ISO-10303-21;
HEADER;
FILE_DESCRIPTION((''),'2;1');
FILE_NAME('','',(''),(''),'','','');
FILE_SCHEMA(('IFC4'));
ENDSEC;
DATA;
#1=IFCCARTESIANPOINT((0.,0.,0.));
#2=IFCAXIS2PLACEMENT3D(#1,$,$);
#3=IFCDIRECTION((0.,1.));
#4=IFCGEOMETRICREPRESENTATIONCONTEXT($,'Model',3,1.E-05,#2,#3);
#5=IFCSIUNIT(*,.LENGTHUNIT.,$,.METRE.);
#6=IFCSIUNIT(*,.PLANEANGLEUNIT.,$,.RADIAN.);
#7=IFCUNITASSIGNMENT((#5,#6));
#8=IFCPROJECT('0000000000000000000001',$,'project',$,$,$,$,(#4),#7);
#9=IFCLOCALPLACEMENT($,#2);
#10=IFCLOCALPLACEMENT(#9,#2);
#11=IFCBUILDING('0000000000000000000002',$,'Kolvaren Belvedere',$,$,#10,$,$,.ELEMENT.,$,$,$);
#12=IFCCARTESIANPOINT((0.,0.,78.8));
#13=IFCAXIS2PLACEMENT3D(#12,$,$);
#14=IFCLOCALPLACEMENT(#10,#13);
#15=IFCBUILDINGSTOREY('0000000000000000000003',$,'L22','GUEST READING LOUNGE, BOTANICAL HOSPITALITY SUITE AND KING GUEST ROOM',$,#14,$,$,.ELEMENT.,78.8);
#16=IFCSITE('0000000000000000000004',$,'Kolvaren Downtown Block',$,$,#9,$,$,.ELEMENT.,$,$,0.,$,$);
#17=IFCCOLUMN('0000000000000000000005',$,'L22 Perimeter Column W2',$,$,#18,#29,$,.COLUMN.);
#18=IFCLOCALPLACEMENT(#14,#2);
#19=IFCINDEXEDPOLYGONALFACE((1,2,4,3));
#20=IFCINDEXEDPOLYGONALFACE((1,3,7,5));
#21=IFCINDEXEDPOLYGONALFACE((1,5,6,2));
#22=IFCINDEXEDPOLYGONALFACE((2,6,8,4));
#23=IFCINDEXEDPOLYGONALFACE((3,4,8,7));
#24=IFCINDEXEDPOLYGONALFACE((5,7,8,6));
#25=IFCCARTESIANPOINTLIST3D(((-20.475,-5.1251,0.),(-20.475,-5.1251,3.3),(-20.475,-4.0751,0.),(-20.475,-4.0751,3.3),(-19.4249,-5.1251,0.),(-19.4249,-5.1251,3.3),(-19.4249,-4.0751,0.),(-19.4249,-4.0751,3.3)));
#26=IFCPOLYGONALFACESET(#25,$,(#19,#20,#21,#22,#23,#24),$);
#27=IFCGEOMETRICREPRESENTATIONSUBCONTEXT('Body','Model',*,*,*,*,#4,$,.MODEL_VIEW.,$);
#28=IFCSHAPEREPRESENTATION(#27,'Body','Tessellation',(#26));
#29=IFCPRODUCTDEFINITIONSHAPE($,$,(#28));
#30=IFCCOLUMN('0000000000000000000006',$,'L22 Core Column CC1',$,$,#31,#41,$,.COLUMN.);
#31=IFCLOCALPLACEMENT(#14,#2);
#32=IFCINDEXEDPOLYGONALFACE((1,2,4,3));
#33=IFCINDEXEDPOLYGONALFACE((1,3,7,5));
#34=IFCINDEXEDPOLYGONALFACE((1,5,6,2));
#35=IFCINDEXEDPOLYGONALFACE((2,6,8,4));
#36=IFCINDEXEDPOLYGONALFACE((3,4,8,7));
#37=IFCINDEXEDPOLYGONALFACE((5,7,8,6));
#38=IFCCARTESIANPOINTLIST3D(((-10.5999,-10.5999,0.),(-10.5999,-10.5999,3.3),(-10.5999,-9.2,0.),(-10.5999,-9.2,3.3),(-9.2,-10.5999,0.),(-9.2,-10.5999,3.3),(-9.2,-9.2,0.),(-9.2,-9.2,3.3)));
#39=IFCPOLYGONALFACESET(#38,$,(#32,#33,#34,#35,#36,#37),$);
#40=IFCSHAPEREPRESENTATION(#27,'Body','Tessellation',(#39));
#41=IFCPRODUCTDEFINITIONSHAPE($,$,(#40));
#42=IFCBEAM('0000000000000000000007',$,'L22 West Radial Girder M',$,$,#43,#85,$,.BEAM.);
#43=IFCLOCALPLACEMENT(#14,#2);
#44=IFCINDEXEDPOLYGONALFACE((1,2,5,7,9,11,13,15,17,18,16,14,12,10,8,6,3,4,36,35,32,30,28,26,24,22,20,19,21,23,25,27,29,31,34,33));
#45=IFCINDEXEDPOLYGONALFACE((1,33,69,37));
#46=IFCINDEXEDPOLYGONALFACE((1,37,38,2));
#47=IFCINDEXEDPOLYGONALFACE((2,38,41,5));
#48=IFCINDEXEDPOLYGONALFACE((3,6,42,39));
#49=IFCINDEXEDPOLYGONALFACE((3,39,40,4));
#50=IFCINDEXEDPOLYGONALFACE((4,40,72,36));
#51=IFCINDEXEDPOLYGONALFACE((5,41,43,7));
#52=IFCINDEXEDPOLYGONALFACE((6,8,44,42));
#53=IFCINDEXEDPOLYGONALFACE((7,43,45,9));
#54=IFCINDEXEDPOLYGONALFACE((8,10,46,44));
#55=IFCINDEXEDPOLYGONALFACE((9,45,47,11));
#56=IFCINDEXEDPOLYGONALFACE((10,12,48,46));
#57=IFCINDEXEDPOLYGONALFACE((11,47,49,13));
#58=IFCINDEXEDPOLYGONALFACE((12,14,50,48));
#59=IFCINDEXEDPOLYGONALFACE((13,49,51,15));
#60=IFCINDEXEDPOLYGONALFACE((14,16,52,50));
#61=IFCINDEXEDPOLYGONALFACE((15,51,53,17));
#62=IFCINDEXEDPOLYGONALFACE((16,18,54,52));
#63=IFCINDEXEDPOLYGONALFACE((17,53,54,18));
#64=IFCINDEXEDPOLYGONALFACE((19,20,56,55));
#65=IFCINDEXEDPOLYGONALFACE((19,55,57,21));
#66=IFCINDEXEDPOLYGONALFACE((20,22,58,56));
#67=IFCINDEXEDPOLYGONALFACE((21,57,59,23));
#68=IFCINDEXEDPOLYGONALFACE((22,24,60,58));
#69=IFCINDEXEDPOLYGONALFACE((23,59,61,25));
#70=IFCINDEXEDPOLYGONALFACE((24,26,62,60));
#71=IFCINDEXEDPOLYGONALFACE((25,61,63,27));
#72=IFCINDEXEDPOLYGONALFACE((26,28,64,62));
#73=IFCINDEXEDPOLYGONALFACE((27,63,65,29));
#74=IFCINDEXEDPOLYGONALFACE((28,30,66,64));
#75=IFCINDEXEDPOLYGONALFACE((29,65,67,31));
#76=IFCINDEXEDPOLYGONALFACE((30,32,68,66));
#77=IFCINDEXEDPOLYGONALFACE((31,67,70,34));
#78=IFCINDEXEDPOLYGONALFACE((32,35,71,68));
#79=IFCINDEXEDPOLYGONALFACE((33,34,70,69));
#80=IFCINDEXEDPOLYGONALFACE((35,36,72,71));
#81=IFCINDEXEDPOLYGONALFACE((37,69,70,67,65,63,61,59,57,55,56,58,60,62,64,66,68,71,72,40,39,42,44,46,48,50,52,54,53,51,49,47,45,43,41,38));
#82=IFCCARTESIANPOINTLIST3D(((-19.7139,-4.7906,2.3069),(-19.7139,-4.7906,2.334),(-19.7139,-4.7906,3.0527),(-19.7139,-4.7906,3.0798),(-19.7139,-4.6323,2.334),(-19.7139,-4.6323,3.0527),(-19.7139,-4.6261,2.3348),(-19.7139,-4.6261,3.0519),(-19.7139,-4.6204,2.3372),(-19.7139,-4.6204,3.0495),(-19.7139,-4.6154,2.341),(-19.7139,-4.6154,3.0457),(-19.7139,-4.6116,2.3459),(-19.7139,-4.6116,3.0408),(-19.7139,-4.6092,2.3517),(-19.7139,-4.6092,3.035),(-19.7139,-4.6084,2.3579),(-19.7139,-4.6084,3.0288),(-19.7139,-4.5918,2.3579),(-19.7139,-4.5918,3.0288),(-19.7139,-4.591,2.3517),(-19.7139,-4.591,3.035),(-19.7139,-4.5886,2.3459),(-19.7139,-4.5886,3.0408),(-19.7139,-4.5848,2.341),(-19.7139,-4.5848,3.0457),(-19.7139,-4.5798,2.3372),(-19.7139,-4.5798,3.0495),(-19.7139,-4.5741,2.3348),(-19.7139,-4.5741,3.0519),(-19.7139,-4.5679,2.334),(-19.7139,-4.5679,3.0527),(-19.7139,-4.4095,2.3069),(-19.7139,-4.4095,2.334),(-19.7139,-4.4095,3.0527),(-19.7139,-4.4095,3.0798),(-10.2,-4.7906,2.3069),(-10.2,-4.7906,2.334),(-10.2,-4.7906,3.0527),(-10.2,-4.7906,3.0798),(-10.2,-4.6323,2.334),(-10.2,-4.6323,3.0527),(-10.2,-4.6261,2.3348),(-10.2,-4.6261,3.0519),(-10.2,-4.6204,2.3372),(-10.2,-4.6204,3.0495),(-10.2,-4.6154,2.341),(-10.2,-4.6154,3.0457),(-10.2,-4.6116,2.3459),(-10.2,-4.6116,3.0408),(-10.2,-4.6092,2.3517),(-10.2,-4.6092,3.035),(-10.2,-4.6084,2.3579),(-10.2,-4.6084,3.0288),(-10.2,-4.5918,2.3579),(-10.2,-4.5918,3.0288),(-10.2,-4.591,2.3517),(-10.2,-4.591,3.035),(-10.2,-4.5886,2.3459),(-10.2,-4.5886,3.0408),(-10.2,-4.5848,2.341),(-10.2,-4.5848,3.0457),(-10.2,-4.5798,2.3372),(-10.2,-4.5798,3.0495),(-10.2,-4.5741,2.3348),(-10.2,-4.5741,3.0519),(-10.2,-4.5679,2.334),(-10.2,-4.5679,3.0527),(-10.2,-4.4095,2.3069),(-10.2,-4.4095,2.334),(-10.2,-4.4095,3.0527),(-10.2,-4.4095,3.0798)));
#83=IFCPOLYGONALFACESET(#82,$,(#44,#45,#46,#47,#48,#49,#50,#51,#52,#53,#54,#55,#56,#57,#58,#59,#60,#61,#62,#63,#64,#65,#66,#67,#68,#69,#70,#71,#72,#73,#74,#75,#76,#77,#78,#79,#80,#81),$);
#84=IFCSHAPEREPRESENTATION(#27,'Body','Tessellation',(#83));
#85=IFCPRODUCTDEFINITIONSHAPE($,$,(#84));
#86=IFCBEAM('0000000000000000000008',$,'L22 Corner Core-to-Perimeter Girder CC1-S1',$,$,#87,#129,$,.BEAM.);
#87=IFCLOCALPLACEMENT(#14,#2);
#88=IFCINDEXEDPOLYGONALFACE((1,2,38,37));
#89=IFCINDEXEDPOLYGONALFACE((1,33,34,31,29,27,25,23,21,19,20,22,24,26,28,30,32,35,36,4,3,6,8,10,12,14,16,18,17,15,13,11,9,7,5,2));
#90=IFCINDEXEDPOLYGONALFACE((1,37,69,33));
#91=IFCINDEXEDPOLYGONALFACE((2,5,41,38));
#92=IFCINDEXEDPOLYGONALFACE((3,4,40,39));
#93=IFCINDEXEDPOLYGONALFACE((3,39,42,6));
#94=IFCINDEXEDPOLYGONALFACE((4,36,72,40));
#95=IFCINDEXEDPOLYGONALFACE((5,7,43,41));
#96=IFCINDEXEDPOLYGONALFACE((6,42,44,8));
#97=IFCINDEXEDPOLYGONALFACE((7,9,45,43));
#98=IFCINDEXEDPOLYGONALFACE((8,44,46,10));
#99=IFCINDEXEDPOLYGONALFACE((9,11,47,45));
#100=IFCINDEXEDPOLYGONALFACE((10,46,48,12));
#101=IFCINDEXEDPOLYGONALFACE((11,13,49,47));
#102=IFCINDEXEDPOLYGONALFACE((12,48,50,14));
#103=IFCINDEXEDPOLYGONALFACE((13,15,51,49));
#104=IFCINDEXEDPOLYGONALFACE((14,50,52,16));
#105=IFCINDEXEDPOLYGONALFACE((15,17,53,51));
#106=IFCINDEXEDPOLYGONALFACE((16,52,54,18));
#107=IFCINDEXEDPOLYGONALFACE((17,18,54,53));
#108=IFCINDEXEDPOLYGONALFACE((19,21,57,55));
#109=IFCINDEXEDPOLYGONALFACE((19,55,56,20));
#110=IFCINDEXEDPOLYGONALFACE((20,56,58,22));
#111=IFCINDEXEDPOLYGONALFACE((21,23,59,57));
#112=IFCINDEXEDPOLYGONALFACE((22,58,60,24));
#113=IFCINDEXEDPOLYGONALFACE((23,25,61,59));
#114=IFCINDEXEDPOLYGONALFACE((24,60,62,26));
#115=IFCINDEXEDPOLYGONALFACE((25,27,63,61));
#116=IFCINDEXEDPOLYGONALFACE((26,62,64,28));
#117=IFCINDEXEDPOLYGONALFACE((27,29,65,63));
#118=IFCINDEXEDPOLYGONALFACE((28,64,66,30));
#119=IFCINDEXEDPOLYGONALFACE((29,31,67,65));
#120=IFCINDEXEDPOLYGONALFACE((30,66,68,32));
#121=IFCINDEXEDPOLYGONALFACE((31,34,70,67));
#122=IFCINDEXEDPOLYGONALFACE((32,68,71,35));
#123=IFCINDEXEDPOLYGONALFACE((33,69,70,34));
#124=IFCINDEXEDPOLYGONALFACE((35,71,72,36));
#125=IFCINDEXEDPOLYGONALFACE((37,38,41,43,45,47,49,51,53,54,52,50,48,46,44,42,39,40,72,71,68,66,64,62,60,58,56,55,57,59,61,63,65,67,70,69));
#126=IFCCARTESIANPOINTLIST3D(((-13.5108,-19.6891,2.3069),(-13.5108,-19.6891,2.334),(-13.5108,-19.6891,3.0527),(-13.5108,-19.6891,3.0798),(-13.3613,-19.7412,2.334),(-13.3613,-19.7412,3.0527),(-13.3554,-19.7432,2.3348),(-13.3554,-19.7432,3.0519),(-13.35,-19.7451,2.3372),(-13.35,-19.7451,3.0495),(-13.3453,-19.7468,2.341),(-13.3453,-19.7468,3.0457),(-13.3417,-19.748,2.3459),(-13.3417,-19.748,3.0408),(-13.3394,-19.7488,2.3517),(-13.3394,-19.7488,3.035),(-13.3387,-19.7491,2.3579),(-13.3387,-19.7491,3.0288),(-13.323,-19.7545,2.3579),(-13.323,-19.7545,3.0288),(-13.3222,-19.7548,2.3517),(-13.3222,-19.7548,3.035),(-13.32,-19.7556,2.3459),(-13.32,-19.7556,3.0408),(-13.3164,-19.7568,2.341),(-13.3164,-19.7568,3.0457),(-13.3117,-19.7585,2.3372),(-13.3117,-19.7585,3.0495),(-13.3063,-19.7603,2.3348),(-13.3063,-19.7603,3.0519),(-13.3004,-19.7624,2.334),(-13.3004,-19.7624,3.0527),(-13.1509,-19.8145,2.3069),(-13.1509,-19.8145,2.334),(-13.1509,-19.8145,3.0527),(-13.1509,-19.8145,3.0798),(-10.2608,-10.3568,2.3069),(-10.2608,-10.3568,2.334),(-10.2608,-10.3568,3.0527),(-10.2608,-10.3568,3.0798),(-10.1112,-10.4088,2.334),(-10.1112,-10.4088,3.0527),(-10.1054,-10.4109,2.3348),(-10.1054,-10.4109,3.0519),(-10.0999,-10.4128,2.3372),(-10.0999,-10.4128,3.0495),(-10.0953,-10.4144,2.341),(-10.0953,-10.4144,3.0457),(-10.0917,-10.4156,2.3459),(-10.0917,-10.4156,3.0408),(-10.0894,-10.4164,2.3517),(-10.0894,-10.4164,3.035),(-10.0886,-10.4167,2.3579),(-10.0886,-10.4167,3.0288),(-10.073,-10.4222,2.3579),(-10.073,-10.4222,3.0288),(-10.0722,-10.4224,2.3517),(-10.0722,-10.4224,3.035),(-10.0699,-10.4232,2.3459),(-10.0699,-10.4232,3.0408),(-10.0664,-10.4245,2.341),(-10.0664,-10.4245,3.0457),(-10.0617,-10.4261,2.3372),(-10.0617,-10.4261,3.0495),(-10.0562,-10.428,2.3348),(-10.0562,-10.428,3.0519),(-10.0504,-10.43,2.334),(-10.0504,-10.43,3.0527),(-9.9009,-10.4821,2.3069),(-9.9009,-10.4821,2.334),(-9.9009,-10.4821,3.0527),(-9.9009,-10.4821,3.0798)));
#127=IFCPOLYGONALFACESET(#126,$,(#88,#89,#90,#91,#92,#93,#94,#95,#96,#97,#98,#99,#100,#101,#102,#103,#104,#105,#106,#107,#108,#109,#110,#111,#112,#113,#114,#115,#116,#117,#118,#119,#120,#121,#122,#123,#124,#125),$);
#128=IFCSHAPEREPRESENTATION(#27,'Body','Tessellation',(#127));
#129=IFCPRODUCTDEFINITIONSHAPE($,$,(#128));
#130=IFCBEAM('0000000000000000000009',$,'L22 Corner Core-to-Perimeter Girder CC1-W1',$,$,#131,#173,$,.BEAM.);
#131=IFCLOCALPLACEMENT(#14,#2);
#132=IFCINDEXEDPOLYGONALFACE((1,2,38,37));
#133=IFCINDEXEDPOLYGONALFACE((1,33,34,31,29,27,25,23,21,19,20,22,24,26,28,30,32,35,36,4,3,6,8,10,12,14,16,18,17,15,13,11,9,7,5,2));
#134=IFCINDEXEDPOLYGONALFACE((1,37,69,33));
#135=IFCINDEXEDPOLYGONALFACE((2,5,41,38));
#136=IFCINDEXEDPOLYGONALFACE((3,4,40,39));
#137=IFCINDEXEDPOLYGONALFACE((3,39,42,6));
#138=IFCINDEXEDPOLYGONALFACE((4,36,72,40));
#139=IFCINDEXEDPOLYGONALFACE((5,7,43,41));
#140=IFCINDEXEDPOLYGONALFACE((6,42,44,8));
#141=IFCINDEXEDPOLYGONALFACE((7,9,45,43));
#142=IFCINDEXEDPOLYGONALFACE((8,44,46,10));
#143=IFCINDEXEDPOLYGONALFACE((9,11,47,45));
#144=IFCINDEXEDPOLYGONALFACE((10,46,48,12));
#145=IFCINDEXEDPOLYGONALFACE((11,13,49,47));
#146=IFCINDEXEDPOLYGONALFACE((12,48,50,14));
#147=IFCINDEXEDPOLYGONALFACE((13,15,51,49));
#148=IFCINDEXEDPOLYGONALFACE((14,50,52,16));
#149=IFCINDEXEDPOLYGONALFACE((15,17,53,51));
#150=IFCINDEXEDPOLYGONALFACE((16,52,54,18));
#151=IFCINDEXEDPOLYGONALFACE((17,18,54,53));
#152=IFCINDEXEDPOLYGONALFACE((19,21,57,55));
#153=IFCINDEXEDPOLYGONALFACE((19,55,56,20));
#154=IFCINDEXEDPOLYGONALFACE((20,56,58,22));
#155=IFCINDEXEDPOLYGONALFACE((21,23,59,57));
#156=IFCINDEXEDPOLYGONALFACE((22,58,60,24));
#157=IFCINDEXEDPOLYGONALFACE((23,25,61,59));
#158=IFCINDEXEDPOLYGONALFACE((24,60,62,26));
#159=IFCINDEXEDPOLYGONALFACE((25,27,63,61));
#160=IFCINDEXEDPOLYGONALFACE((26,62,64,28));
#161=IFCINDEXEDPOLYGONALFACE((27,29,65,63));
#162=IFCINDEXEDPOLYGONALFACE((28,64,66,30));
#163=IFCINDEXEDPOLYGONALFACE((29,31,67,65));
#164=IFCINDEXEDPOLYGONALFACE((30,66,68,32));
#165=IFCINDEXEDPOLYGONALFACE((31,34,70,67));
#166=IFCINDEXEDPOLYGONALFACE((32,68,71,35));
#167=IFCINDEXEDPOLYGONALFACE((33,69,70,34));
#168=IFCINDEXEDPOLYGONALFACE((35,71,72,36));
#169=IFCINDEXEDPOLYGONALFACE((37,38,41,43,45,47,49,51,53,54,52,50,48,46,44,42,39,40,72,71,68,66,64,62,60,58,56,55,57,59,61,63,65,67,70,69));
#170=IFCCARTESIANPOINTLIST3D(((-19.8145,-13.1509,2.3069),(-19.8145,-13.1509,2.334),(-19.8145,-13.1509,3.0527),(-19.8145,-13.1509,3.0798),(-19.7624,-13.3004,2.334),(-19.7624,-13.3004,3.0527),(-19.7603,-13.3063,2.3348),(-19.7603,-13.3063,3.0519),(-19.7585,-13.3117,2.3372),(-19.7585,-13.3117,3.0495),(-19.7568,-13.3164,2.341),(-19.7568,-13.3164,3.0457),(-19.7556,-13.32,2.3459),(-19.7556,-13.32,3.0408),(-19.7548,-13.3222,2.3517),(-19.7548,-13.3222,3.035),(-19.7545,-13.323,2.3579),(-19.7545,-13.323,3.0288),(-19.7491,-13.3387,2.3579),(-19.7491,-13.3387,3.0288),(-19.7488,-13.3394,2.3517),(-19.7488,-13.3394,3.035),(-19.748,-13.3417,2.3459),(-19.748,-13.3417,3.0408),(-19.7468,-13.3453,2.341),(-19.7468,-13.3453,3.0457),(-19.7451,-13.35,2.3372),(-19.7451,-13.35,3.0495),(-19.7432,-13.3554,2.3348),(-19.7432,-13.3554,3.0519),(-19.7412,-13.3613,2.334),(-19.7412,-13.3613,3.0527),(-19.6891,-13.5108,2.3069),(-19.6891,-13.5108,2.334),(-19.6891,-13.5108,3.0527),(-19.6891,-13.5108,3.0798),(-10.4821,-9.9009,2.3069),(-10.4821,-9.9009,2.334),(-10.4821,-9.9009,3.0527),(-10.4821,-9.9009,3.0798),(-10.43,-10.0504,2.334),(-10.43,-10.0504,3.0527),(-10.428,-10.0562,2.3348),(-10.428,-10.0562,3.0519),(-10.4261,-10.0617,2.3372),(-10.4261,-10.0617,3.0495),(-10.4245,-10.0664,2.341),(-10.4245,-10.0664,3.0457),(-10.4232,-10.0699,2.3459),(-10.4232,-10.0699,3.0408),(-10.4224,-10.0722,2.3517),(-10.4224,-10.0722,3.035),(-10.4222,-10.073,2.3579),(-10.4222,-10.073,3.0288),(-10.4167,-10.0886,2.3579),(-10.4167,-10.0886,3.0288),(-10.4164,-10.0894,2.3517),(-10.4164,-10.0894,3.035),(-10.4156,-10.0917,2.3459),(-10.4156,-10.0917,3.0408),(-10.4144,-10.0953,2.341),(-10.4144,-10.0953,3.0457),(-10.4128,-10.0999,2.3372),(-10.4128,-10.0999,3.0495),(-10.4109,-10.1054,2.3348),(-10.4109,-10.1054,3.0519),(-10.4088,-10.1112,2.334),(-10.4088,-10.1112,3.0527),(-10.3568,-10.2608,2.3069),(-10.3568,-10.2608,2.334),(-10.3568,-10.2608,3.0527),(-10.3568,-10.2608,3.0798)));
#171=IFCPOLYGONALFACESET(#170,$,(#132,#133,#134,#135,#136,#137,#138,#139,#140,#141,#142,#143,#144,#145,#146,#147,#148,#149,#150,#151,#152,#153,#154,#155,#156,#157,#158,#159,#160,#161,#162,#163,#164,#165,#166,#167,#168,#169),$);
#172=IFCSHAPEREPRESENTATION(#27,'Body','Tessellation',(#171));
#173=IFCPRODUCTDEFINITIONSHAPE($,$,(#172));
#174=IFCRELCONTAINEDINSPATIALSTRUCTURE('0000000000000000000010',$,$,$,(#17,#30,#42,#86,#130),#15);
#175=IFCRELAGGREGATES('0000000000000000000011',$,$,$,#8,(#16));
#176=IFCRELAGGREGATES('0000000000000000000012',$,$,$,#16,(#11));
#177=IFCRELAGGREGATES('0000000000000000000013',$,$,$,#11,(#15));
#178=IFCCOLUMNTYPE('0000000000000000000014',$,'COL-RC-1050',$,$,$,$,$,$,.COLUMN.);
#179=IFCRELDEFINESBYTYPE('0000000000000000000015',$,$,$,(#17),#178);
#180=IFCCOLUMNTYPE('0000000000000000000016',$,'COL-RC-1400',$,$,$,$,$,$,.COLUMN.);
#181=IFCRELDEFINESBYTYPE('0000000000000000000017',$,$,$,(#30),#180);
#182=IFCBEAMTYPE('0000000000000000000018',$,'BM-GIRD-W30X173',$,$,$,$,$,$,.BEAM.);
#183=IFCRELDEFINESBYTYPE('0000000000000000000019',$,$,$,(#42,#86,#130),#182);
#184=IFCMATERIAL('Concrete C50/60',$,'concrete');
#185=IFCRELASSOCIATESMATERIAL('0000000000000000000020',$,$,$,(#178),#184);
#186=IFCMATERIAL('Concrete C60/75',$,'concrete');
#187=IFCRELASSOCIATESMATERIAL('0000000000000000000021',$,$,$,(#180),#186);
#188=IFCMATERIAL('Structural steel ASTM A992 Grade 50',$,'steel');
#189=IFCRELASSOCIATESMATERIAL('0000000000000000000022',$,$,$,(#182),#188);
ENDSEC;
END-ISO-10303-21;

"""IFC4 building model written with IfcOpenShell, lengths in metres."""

from ifc_helpers import new_model, si_unit, direction, frame, origin, origin_2d, place, context, subcontext, project, spatial, rectangle, i_section, extrude, material, material_profile, profile_set, type_object, element, save


model = new_model("IFC4")

# Units and contexts
model_context = context("Model", 3, precision=1e-05, world=origin(), true_north=direction((0.0, 1.0)))
body_context = subcontext(model_context, "Body", "Model", "MODEL_VIEW")
ifc_project = project(units=[si_unit("LENGTHUNIT", "METRE"), si_unit("PLANEANGLEUNIT", "RADIAN")], contexts=[model_context])

# Site, building, storey
site_placement = place(None, origin())
site = spatial("IfcSite", under=ifc_project, at=site_placement, Name="Kolvaren Downtown Block", CompositionType="ELEMENT", RefElevation=0.0)
building_placement = place(site_placement, origin())
building = spatial("IfcBuilding", under=site, at=building_placement, Name="Kolvaren Belvedere", CompositionType="ELEMENT")
storey_placement = place(building_placement, frame((0.0, 0.0, 78.8)))
storey = spatial("IfcBuildingStorey", under=building, at=storey_placement, Name="L22", Description="GUEST READING LOUNGE, BOTANICAL HOSPITALITY SUITE AND KING GUEST ROOM", CompositionType="ELEMENT", Elevation=78.8)

# Columns
ifc_material_1 = material(Name="Concrete C50/60", Category="concrete")
ifc_material_profile_1 = material_profile(ifc_material_1, rectangle(XDim=1.05, YDim=1.05, at=origin_2d()), Name="RC 1050X1050")
ifc_profile_set_1 = profile_set([ifc_material_profile_1], Name="Concrete C50/60")
column_type_1 = type_object("IfcColumnType", Name="COL-RC-1050", PredefinedType="COLUMN", material=ifc_profile_set_1)
column_1_placement = place(storey_placement, frame((-19.95, -4.6001, 0.0), z_axis=(0.0, 0.0, 1.0), x_axis=(1.0, 0.0, 0.0)))
element("IfcColumn", 1, at=column_1_placement, inside=storey, type_object=column_type_1, Name="L22 Perimeter Column W2", PredefinedType="COLUMN", context=body_context, shape_type="SweptSolid", body=[
    extrude(rectangle(XDim=1.05, YDim=1.05, at=origin_2d()), origin(), (0.0, 0.0, 1.0), 3.3),
])
ifc_material_2 = material(Name="Concrete C60/75", Category="concrete")
ifc_material_profile_2 = material_profile(ifc_material_2, rectangle(XDim=1.3999, YDim=1.3999, at=origin_2d()), Name="RC 1400X1400")
ifc_profile_set_2 = profile_set([ifc_material_profile_2], Name="Concrete C60/75")
column_type_2 = type_object("IfcColumnType", Name="COL-RC-1400", PredefinedType="COLUMN", material=ifc_profile_set_2)
column_2_placement = place(storey_placement, frame((-9.8999, -9.8999, 0.0), z_axis=(0.0, 0.0, 1.0), x_axis=(1.0, 0.0, 0.0)))
element("IfcColumn", 2, at=column_2_placement, inside=storey, type_object=column_type_2, Name="L22 Core Column CC1", PredefinedType="COLUMN", context=body_context, shape_type="SweptSolid", body=[
    extrude(rectangle(XDim=1.3999, YDim=1.3999, at=origin_2d()), origin(), (0.0, 0.0, 1.0), 3.3),
])

# Beams
ifc_material_3 = material(Name="Structural steel ASTM A992 Grade 50", Category="steel")
ifc_material_profile_3 = material_profile(ifc_material_3, i_section(OverallWidth=0.3811, OverallDepth=0.7729, WebThickness=0.0166, FlangeThickness=0.0271, FilletRadius=0.0239, at=origin_2d()), Name="W30X173")
ifc_profile_set_3 = profile_set([ifc_material_profile_3], Name="Structural steel ASTM A992 Grade 50")
beam_type_1 = type_object("IfcBeamType", Name="BM-GIRD-W30X173", PredefinedType="BEAM", material=ifc_profile_set_3)
beam_1_placement = place(storey_placement, frame((-10.2, -4.6001, 2.6934), z_axis=(-1.0, 0.0, 0.0), x_axis=(0.0, -1.0, 0.0)))
element("IfcBeam", 3, at=beam_1_placement, inside=storey, type_object=beam_type_1, Name="L22 West Radial Girder M", PredefinedType="BEAM", context=body_context, shape_type="SweptSolid", body=[
    extrude(i_section(OverallWidth=0.3811, OverallDepth=0.7729, WebThickness=0.0166, FlangeThickness=0.0271, FilletRadius=0.0239, at=origin_2d()), origin(), (0.0, 0.0, 1.0), 9.5139),
])
for number, where, z_axis, x_axis, name in (
    (4, (-10.0808, -10.4194, 2.6934), (-0.328881, -0.944371, 0.0), (0.944371, -0.328881, 0.0), "L22 Corner Core-to-Perimeter Girder CC1-S1"),
    (5, (-10.4194, -10.0808, 2.6934), (-0.944371, -0.328881, 0.0), (0.328881, -0.944371, 0.0), "L22 Corner Core-to-Perimeter Girder CC1-W1"),
):
    element("IfcBeam", number, at=place(storey_placement, frame(where, z_axis=z_axis, x_axis=x_axis)), inside=storey, type_object=beam_type_1, Name=name, PredefinedType="BEAM", context=body_context, shape_type="SweptSolid", body=[
        extrude(i_section(OverallWidth=0.3811, OverallDepth=0.7729, WebThickness=0.0166, FlangeThickness=0.0271, FilletRadius=0.0239, at=origin_2d()), origin(), (0.0, 0.0, 1.0), 9.8821),
    ])

save(model, "model.ifc")
